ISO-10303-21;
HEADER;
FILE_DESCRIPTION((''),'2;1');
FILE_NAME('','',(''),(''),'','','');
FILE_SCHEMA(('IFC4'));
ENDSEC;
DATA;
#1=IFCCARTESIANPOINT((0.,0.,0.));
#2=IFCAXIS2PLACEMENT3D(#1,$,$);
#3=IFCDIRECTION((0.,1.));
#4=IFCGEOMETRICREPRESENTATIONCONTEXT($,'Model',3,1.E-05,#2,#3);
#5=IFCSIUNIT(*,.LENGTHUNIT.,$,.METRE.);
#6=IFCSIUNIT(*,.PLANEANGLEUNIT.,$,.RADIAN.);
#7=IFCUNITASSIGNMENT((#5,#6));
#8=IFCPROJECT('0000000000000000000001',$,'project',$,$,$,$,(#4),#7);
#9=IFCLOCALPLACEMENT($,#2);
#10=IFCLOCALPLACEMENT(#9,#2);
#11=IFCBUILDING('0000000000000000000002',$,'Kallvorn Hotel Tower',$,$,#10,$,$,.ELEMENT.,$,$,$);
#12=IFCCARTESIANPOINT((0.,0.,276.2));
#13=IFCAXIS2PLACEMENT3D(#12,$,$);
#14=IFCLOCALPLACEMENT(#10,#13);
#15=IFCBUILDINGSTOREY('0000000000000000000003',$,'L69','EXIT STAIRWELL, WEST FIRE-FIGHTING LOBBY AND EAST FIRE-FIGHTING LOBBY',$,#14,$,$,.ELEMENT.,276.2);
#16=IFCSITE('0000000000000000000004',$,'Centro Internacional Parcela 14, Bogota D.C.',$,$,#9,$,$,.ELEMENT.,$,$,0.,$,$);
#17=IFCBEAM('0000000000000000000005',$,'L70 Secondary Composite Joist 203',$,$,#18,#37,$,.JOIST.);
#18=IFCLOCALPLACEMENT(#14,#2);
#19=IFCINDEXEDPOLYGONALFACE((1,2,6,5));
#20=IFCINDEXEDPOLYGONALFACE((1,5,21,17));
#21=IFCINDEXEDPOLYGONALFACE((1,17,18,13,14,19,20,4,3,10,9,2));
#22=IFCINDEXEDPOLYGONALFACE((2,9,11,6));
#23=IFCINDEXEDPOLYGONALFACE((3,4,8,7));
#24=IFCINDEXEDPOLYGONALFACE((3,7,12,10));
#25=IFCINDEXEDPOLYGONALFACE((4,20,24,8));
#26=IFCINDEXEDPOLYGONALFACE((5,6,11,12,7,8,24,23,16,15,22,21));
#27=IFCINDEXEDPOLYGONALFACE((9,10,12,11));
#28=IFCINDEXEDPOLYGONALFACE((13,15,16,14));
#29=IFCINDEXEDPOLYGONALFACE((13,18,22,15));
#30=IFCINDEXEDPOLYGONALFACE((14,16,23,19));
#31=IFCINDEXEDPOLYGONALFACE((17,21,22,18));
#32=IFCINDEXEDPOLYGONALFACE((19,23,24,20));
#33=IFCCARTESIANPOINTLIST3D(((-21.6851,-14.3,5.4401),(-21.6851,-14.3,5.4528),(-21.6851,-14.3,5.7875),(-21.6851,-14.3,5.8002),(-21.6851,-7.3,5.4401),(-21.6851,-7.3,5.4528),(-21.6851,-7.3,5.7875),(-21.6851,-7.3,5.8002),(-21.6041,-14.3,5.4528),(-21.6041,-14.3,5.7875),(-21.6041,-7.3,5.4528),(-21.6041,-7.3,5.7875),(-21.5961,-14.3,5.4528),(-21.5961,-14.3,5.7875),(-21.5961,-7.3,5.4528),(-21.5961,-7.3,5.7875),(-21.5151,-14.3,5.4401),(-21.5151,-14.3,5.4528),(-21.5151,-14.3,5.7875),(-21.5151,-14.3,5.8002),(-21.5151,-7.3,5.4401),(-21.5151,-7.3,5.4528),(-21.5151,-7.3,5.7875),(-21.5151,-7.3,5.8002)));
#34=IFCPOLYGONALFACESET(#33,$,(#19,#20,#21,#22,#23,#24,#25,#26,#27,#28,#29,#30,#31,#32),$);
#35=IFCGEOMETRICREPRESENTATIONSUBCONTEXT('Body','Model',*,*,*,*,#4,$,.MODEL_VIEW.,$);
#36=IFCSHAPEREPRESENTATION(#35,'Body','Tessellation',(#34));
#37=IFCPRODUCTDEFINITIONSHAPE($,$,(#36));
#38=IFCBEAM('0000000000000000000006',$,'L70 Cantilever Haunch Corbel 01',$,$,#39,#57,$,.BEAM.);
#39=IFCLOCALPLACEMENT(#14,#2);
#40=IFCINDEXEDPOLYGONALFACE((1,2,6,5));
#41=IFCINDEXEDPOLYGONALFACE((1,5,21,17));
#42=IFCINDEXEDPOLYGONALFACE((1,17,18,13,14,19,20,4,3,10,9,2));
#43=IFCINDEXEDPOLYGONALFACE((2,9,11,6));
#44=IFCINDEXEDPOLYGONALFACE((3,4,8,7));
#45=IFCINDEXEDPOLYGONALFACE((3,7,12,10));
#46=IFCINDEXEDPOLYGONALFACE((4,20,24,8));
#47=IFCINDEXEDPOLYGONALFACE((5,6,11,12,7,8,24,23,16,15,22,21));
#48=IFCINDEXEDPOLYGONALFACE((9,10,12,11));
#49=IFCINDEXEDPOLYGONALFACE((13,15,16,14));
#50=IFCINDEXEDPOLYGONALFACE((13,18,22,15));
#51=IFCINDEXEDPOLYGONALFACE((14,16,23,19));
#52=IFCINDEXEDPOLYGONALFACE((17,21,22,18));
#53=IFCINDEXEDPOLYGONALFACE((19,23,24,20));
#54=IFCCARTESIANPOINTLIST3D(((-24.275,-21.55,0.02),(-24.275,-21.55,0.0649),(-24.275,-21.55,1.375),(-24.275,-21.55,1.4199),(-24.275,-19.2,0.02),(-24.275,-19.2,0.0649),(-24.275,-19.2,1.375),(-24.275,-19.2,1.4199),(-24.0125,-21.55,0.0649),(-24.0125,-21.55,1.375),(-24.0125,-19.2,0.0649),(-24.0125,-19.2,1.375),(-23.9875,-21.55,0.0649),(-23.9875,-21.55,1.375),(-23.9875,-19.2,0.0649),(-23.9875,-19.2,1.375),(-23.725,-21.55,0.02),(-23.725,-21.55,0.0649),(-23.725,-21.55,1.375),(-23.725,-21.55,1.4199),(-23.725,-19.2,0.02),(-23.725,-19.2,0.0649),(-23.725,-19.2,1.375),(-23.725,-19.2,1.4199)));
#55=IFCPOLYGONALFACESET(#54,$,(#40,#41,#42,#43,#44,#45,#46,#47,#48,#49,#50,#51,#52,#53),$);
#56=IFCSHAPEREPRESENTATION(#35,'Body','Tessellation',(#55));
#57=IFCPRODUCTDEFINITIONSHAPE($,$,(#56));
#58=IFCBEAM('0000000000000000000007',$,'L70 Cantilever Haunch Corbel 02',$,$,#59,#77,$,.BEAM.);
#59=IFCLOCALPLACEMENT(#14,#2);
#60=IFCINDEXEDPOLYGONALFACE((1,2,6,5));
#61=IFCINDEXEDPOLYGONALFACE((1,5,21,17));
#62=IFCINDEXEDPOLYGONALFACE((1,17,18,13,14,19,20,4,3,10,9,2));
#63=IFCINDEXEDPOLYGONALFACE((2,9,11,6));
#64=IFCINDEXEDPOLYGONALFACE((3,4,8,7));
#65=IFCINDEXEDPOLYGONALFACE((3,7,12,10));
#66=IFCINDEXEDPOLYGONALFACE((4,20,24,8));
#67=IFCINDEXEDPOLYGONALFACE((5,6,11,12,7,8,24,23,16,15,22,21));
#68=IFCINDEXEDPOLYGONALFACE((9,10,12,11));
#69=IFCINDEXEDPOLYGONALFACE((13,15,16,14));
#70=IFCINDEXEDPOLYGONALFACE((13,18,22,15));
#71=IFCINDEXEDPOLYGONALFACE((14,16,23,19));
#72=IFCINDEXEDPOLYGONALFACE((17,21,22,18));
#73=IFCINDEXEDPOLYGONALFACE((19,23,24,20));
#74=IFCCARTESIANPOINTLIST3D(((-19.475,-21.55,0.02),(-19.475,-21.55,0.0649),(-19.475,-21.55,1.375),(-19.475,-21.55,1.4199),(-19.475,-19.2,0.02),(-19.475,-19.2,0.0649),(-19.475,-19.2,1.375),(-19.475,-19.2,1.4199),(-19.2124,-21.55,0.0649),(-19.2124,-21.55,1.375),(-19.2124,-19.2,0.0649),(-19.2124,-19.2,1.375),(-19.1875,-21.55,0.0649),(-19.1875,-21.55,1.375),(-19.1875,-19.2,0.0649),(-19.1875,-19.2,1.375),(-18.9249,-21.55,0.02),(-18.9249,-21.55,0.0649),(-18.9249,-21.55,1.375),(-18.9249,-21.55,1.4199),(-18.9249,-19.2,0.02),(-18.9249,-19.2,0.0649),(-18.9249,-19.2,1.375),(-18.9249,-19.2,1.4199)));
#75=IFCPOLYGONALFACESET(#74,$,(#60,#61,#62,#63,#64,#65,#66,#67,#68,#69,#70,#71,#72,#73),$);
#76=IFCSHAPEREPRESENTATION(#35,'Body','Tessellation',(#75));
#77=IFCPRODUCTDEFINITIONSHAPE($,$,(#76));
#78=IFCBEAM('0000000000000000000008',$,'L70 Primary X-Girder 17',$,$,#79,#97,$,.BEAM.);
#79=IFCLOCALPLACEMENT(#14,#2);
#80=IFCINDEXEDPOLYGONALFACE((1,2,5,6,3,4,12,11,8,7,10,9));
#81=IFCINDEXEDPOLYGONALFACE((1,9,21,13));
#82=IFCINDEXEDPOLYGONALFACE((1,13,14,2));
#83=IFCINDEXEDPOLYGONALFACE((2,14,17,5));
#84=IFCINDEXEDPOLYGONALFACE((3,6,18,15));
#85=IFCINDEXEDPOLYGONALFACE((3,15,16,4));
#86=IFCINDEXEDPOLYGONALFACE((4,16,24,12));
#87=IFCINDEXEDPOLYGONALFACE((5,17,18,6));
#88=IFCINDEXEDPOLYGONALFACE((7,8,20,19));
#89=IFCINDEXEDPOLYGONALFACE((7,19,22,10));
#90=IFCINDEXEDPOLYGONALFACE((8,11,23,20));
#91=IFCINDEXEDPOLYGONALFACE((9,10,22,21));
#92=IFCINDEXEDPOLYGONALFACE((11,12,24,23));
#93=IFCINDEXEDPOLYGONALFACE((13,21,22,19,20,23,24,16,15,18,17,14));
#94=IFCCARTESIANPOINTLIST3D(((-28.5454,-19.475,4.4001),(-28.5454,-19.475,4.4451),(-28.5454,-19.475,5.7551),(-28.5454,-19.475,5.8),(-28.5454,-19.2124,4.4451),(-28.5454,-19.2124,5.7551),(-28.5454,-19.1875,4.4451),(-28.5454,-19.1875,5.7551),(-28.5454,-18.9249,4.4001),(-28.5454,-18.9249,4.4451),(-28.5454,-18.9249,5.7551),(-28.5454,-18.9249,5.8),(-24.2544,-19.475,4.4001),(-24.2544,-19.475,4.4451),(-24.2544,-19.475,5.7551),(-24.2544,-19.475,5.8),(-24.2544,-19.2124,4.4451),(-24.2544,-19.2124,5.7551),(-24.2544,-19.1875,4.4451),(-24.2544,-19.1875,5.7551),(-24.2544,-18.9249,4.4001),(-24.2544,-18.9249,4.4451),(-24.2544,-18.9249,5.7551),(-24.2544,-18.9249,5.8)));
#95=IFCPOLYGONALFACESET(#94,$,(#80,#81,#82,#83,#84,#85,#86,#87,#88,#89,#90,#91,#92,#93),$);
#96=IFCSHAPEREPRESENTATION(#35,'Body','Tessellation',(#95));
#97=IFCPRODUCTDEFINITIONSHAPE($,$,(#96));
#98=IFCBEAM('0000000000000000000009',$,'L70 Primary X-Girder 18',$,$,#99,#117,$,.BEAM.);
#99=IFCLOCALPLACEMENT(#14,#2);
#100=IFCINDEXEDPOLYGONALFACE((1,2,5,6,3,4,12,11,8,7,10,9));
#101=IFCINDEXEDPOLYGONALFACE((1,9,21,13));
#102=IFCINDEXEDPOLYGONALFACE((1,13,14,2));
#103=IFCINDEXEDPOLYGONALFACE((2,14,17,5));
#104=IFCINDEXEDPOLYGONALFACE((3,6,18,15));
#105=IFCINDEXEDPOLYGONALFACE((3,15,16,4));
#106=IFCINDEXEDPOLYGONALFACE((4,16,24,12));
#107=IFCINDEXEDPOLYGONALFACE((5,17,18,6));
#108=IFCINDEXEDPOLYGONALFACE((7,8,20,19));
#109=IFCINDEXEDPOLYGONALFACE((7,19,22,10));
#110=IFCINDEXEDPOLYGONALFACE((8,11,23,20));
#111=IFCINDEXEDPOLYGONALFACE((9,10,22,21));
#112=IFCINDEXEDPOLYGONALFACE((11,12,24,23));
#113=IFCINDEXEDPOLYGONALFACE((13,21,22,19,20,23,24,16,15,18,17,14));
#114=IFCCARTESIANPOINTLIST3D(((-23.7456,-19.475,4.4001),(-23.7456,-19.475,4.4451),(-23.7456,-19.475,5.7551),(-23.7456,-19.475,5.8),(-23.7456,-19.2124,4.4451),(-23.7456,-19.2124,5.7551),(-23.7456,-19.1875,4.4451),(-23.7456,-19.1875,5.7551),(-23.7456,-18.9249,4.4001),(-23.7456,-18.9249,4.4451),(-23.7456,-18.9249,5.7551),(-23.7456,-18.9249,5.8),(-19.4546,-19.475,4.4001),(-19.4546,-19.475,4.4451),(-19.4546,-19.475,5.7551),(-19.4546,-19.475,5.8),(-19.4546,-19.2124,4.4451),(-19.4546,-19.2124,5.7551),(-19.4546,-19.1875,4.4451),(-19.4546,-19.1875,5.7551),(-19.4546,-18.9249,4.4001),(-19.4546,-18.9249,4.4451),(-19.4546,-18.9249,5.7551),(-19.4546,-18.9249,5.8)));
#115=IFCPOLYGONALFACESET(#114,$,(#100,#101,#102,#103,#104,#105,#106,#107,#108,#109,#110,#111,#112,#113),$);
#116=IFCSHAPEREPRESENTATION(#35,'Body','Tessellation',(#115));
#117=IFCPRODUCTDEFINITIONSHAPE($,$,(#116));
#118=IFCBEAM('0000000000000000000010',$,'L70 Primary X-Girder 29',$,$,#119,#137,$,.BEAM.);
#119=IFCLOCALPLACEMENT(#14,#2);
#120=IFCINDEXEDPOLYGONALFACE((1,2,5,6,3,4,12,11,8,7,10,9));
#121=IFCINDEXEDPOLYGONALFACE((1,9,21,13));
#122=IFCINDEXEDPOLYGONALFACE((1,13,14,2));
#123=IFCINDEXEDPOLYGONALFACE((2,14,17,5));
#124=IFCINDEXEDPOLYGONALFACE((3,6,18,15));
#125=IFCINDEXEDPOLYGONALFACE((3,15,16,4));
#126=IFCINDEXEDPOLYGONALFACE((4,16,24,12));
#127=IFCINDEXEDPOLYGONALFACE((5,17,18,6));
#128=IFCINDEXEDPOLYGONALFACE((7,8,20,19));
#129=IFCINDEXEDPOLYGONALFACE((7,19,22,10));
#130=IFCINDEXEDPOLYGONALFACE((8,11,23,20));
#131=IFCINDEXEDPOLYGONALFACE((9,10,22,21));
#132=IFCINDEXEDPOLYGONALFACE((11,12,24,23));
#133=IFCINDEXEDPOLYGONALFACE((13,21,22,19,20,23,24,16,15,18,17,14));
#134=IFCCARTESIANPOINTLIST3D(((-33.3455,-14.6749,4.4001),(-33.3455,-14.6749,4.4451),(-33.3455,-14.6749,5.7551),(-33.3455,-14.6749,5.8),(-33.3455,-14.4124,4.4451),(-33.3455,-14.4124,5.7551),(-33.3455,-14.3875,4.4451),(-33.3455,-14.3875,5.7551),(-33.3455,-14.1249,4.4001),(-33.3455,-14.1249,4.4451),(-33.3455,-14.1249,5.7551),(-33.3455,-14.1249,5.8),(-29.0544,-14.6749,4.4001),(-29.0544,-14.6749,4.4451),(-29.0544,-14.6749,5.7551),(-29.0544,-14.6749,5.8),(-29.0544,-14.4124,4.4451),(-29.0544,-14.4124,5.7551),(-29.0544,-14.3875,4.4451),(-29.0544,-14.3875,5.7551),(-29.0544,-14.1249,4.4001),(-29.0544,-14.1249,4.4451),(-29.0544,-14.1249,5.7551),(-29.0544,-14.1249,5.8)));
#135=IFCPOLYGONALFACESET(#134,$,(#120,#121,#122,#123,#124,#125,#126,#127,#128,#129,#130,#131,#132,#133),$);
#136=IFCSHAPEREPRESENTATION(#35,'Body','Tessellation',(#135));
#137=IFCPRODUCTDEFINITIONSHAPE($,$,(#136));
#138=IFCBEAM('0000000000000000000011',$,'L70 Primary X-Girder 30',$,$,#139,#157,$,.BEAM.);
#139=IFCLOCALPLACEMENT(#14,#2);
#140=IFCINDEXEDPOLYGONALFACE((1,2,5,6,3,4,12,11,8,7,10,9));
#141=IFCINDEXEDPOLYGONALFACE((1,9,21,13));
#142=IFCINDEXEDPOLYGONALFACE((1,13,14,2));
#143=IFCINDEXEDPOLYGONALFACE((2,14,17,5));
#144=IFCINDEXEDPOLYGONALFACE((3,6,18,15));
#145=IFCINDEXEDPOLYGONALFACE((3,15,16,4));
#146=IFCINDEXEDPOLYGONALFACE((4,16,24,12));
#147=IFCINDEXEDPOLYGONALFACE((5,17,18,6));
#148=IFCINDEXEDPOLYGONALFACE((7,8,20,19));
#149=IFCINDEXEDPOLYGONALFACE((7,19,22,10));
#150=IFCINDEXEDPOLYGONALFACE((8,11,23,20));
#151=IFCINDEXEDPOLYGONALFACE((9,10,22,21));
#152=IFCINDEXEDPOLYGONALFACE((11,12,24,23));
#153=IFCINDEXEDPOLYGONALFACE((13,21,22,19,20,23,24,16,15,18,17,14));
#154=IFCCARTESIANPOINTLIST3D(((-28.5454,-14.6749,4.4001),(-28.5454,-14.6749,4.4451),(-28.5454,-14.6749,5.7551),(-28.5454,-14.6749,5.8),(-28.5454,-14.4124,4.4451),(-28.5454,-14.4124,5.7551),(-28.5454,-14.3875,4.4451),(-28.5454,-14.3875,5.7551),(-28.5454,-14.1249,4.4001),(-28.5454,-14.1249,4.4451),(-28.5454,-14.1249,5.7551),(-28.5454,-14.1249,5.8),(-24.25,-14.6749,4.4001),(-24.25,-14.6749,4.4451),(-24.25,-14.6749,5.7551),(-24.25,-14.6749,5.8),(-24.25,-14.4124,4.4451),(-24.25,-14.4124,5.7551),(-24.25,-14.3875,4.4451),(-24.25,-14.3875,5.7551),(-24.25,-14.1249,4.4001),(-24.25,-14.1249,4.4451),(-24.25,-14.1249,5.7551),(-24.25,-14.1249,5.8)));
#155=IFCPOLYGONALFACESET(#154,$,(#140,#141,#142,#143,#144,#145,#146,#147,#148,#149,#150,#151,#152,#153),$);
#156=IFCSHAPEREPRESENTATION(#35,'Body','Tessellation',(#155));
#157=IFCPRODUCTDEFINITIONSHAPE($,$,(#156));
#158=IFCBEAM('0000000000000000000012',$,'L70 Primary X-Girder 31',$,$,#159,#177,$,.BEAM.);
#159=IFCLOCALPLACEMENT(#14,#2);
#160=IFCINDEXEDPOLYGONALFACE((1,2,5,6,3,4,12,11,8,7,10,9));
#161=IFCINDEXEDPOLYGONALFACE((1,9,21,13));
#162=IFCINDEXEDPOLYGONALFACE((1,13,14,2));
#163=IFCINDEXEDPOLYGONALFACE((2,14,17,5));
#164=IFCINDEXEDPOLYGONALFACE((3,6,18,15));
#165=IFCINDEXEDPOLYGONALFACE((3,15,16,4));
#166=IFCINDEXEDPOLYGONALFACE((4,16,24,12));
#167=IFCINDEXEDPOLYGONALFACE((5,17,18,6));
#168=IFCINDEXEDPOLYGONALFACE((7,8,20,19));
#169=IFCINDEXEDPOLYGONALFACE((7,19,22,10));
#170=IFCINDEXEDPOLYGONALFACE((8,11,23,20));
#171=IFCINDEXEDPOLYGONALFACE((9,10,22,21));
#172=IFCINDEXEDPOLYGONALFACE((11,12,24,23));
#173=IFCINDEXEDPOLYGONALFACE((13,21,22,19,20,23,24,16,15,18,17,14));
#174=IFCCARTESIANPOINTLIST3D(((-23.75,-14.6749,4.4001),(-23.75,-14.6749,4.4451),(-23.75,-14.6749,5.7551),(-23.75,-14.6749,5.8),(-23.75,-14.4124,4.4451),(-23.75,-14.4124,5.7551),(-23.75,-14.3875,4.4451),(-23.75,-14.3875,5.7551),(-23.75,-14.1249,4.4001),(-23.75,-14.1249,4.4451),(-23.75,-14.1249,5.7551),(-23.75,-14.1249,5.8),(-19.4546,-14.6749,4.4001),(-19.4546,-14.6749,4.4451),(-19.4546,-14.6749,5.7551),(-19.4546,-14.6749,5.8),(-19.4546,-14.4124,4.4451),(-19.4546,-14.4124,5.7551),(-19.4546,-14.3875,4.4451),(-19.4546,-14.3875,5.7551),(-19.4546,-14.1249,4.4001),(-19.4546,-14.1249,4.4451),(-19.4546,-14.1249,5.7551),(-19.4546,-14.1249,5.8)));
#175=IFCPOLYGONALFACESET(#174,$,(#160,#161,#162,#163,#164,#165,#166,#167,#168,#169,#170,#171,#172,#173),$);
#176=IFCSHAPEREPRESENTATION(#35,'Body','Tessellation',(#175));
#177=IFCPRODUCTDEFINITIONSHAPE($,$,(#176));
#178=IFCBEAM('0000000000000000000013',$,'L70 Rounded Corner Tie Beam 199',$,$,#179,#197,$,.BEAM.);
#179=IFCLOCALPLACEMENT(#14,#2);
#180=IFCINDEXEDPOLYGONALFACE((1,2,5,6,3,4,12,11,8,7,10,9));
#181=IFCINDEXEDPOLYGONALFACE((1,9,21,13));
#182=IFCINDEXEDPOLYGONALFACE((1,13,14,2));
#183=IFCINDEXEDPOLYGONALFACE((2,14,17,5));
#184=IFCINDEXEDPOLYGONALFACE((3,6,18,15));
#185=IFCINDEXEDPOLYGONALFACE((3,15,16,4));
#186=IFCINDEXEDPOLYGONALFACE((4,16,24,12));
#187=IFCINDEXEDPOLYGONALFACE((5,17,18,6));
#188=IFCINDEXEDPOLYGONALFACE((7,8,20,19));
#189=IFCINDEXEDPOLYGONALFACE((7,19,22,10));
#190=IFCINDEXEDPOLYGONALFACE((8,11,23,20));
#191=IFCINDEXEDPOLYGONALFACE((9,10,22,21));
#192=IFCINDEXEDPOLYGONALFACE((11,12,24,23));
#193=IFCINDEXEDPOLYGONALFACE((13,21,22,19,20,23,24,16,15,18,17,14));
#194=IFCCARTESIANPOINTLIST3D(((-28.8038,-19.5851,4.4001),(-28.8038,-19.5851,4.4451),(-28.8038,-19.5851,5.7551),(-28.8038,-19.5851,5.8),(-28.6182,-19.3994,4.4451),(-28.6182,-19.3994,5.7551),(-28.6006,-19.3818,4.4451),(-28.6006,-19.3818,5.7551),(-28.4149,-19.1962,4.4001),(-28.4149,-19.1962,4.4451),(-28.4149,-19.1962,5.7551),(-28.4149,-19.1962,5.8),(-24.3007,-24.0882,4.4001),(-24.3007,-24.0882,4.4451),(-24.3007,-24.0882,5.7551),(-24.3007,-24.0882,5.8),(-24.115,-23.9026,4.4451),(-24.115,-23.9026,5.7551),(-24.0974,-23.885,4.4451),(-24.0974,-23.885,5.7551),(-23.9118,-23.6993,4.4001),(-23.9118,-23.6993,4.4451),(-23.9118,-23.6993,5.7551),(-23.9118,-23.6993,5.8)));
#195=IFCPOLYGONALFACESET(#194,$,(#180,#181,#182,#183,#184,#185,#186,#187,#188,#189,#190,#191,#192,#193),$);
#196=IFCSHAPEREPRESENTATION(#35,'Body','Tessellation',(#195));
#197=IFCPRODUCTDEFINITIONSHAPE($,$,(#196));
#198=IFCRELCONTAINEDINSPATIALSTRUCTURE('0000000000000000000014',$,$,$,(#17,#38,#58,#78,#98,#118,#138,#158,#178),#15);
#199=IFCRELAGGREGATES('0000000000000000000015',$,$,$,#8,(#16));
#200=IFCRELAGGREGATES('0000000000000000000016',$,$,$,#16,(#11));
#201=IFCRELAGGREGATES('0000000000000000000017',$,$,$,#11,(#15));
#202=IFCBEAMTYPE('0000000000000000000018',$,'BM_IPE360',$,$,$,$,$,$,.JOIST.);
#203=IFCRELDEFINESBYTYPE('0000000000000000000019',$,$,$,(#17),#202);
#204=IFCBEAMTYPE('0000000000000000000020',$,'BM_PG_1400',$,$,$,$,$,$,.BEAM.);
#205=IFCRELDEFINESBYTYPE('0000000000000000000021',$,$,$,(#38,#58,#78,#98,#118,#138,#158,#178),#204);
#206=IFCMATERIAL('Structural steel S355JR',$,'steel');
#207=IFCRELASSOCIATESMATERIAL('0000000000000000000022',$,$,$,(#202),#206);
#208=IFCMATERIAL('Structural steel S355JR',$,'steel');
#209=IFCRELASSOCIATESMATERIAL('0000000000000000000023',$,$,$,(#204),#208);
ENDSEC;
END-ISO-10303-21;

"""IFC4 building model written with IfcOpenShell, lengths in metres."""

from ifc_helpers import new_model, si_unit, direction, frame, origin, origin_2d, place, context, subcontext, project, spatial, i_section, extrude, material, material_profile, profile_set, type_object, element, save


model = new_model("IFC4")

# Units and contexts
model_context = context("Model", 3, precision=1e-05, world=origin(), true_north=direction((0.0, 1.0)))
body_context = subcontext(model_context, "Body", "Model", "MODEL_VIEW")
ifc_project = project(units=[si_unit("LENGTHUNIT", "METRE"), si_unit("PLANEANGLEUNIT", "RADIAN")], contexts=[model_context])

# Site, building, storey
site_placement = place(None, origin())
site = spatial("IfcSite", under=ifc_project, at=site_placement, Name="Centro Internacional Parcela 14, Bogota D.C.", CompositionType="ELEMENT", RefElevation=0.0)
building_placement = place(site_placement, origin())
building = spatial("IfcBuilding", under=site, at=building_placement, Name="Kallvorn Hotel Tower", CompositionType="ELEMENT")
storey_placement = place(building_placement, frame((0.0, 0.0, 276.2)))
storey = spatial("IfcBuildingStorey", under=building, at=storey_placement, Name="L69", Description="EXIT STAIRWELL, WEST FIRE-FIGHTING LOBBY AND EAST FIRE-FIGHTING LOBBY", CompositionType="ELEMENT", Elevation=276.2)

# Beams
ifc_material_1 = material(Name="Structural steel S355JR", Category="steel")
ifc_material_profile_1 = material_profile(ifc_material_1, i_section(OverallWidth=0.1699, OverallDepth=0.3601, WebThickness=0.0081, FlangeThickness=0.0127, at=origin_2d()), Name="IPE 360")
ifc_profile_set_1 = profile_set([ifc_material_profile_1], Name="Structural steel S355JR")
beam_type_1 = type_object("IfcBeamType", Name="BM_IPE360", PredefinedType="JOIST", material=ifc_profile_set_1)
beam_1_placement = place(storey_placement, frame((-21.6001, -14.3, 5.6201), z_axis=(0.0, 1.0, 0.0), x_axis=(-1.0, 0.0, 0.0)))
element("IfcBeam", 1, at=beam_1_placement, inside=storey, type_object=beam_type_1, Name="L70 Secondary Composite Joist 203", PredefinedType="JOIST", context=body_context, shape_type="SweptSolid", body=[
    extrude(i_section(OverallWidth=0.1699, OverallDepth=0.3601, WebThickness=0.0081, FlangeThickness=0.0127, at=origin_2d()), origin(), (0.0, 0.0, 1.0), 7.0),
])
ifc_material_2 = material(Name="Structural steel S355JR", Category="steel")
ifc_material_profile_2 = material_profile(ifc_material_2, i_section(OverallWidth=0.55, OverallDepth=1.3999, WebThickness=0.0249, FlangeThickness=0.0449, at=origin_2d()), Name="PG 1400x550x25x45")
ifc_profile_set_2 = profile_set([ifc_material_profile_2], Name="Structural steel S355JR")
beam_type_2 = type_object("IfcBeamType", Name="BM_PG_1400", PredefinedType="BEAM", material=ifc_profile_set_2)
for number, where, z_axis, x_axis, name in (
    (2, (-24.0, -19.2, 0.72), (0.0, -1.0, 0.0), (1.0, 0.0, 0.0), "L70 Cantilever Haunch Corbel 01"),
    (3, (-19.2, -19.2, 0.72), (0.0, -1.0, 0.0), (1.0, 0.0, 0.0), "L70 Cantilever Haunch Corbel 02"),
):
    element("IfcBeam", number, at=place(storey_placement, frame(where, z_axis=z_axis, x_axis=x_axis)), inside=storey, type_object=beam_type_2, Name=name, PredefinedType="BEAM", context=body_context, shape_type="SweptSolid", body=[
        extrude(i_section(OverallWidth=0.55, OverallDepth=1.3999, WebThickness=0.0249, FlangeThickness=0.0449, at=origin_2d()), origin(), (0.0, 0.0, 1.0), 2.3501),
    ])
for number, where, z_axis, x_axis, name in (
    (4, (-28.5454, -19.2, 5.1001), (1.0, 0.0, 0.0), (0.0, 1.0, 0.0), "L70 Primary X-Girder 17"),
    (5, (-23.7456, -19.2, 5.1001), (1.0, 0.0, 0.0), (0.0, 1.0, 0.0), "L70 Primary X-Girder 18"),
    (6, (-33.3455, -14.3999, 5.1001), (1.0, 0.0, 0.0), (0.0, 1.0, 0.0), "L70 Primary X-Girder 29"),
):
    element("IfcBeam", number, at=place(storey_placement, frame(where, z_axis=z_axis, x_axis=x_axis)), inside=storey, type_object=beam_type_2, Name=name, PredefinedType="BEAM", context=body_context, shape_type="SweptSolid", body=[
        extrude(i_section(OverallWidth=0.55, OverallDepth=1.3999, WebThickness=0.0249, FlangeThickness=0.0449, at=origin_2d()), origin(), (0.0, 0.0, 1.0), 4.291),
    ])
for number, where, z_axis, x_axis, name in (
    (7, (-28.5454, -14.3999, 5.1001), (1.0, 0.0, 0.0), (0.0, 1.0, 0.0), "L70 Primary X-Girder 30"),
    (8, (-23.75, -14.3999, 5.1001), (1.0, 0.0, 0.0), (0.0, 1.0, 0.0), "L70 Primary X-Girder 31"),
):
    element("IfcBeam", number, at=place(storey_placement, frame(where, z_axis=z_axis, x_axis=x_axis)), inside=storey, type_object=beam_type_2, Name=name, PredefinedType="BEAM", context=body_context, shape_type="SweptSolid", body=[
        extrude(i_section(OverallWidth=0.55, OverallDepth=1.3999, WebThickness=0.0249, FlangeThickness=0.0449, at=origin_2d()), origin(), (0.0, 0.0, 1.0), 4.2954),
    ])
beam_2_placement = place(storey_placement, frame((-28.6094, -19.3906, 5.1001), z_axis=(0.707107, -0.707107, 0.0), x_axis=(0.707107, 0.707107, 0.0)))
element("IfcBeam", 9, at=beam_2_placement, inside=storey, type_object=beam_type_2, Name="L70 Rounded Corner Tie Beam 199", PredefinedType="BEAM", context=body_context, shape_type="SweptSolid", body=[
    extrude(i_section(OverallWidth=0.55, OverallDepth=1.3999, WebThickness=0.0249, FlangeThickness=0.0449, at=origin_2d()), origin(), (0.0, 0.0, 1.0), 6.3684),
])

save(model, "model.ifc")
